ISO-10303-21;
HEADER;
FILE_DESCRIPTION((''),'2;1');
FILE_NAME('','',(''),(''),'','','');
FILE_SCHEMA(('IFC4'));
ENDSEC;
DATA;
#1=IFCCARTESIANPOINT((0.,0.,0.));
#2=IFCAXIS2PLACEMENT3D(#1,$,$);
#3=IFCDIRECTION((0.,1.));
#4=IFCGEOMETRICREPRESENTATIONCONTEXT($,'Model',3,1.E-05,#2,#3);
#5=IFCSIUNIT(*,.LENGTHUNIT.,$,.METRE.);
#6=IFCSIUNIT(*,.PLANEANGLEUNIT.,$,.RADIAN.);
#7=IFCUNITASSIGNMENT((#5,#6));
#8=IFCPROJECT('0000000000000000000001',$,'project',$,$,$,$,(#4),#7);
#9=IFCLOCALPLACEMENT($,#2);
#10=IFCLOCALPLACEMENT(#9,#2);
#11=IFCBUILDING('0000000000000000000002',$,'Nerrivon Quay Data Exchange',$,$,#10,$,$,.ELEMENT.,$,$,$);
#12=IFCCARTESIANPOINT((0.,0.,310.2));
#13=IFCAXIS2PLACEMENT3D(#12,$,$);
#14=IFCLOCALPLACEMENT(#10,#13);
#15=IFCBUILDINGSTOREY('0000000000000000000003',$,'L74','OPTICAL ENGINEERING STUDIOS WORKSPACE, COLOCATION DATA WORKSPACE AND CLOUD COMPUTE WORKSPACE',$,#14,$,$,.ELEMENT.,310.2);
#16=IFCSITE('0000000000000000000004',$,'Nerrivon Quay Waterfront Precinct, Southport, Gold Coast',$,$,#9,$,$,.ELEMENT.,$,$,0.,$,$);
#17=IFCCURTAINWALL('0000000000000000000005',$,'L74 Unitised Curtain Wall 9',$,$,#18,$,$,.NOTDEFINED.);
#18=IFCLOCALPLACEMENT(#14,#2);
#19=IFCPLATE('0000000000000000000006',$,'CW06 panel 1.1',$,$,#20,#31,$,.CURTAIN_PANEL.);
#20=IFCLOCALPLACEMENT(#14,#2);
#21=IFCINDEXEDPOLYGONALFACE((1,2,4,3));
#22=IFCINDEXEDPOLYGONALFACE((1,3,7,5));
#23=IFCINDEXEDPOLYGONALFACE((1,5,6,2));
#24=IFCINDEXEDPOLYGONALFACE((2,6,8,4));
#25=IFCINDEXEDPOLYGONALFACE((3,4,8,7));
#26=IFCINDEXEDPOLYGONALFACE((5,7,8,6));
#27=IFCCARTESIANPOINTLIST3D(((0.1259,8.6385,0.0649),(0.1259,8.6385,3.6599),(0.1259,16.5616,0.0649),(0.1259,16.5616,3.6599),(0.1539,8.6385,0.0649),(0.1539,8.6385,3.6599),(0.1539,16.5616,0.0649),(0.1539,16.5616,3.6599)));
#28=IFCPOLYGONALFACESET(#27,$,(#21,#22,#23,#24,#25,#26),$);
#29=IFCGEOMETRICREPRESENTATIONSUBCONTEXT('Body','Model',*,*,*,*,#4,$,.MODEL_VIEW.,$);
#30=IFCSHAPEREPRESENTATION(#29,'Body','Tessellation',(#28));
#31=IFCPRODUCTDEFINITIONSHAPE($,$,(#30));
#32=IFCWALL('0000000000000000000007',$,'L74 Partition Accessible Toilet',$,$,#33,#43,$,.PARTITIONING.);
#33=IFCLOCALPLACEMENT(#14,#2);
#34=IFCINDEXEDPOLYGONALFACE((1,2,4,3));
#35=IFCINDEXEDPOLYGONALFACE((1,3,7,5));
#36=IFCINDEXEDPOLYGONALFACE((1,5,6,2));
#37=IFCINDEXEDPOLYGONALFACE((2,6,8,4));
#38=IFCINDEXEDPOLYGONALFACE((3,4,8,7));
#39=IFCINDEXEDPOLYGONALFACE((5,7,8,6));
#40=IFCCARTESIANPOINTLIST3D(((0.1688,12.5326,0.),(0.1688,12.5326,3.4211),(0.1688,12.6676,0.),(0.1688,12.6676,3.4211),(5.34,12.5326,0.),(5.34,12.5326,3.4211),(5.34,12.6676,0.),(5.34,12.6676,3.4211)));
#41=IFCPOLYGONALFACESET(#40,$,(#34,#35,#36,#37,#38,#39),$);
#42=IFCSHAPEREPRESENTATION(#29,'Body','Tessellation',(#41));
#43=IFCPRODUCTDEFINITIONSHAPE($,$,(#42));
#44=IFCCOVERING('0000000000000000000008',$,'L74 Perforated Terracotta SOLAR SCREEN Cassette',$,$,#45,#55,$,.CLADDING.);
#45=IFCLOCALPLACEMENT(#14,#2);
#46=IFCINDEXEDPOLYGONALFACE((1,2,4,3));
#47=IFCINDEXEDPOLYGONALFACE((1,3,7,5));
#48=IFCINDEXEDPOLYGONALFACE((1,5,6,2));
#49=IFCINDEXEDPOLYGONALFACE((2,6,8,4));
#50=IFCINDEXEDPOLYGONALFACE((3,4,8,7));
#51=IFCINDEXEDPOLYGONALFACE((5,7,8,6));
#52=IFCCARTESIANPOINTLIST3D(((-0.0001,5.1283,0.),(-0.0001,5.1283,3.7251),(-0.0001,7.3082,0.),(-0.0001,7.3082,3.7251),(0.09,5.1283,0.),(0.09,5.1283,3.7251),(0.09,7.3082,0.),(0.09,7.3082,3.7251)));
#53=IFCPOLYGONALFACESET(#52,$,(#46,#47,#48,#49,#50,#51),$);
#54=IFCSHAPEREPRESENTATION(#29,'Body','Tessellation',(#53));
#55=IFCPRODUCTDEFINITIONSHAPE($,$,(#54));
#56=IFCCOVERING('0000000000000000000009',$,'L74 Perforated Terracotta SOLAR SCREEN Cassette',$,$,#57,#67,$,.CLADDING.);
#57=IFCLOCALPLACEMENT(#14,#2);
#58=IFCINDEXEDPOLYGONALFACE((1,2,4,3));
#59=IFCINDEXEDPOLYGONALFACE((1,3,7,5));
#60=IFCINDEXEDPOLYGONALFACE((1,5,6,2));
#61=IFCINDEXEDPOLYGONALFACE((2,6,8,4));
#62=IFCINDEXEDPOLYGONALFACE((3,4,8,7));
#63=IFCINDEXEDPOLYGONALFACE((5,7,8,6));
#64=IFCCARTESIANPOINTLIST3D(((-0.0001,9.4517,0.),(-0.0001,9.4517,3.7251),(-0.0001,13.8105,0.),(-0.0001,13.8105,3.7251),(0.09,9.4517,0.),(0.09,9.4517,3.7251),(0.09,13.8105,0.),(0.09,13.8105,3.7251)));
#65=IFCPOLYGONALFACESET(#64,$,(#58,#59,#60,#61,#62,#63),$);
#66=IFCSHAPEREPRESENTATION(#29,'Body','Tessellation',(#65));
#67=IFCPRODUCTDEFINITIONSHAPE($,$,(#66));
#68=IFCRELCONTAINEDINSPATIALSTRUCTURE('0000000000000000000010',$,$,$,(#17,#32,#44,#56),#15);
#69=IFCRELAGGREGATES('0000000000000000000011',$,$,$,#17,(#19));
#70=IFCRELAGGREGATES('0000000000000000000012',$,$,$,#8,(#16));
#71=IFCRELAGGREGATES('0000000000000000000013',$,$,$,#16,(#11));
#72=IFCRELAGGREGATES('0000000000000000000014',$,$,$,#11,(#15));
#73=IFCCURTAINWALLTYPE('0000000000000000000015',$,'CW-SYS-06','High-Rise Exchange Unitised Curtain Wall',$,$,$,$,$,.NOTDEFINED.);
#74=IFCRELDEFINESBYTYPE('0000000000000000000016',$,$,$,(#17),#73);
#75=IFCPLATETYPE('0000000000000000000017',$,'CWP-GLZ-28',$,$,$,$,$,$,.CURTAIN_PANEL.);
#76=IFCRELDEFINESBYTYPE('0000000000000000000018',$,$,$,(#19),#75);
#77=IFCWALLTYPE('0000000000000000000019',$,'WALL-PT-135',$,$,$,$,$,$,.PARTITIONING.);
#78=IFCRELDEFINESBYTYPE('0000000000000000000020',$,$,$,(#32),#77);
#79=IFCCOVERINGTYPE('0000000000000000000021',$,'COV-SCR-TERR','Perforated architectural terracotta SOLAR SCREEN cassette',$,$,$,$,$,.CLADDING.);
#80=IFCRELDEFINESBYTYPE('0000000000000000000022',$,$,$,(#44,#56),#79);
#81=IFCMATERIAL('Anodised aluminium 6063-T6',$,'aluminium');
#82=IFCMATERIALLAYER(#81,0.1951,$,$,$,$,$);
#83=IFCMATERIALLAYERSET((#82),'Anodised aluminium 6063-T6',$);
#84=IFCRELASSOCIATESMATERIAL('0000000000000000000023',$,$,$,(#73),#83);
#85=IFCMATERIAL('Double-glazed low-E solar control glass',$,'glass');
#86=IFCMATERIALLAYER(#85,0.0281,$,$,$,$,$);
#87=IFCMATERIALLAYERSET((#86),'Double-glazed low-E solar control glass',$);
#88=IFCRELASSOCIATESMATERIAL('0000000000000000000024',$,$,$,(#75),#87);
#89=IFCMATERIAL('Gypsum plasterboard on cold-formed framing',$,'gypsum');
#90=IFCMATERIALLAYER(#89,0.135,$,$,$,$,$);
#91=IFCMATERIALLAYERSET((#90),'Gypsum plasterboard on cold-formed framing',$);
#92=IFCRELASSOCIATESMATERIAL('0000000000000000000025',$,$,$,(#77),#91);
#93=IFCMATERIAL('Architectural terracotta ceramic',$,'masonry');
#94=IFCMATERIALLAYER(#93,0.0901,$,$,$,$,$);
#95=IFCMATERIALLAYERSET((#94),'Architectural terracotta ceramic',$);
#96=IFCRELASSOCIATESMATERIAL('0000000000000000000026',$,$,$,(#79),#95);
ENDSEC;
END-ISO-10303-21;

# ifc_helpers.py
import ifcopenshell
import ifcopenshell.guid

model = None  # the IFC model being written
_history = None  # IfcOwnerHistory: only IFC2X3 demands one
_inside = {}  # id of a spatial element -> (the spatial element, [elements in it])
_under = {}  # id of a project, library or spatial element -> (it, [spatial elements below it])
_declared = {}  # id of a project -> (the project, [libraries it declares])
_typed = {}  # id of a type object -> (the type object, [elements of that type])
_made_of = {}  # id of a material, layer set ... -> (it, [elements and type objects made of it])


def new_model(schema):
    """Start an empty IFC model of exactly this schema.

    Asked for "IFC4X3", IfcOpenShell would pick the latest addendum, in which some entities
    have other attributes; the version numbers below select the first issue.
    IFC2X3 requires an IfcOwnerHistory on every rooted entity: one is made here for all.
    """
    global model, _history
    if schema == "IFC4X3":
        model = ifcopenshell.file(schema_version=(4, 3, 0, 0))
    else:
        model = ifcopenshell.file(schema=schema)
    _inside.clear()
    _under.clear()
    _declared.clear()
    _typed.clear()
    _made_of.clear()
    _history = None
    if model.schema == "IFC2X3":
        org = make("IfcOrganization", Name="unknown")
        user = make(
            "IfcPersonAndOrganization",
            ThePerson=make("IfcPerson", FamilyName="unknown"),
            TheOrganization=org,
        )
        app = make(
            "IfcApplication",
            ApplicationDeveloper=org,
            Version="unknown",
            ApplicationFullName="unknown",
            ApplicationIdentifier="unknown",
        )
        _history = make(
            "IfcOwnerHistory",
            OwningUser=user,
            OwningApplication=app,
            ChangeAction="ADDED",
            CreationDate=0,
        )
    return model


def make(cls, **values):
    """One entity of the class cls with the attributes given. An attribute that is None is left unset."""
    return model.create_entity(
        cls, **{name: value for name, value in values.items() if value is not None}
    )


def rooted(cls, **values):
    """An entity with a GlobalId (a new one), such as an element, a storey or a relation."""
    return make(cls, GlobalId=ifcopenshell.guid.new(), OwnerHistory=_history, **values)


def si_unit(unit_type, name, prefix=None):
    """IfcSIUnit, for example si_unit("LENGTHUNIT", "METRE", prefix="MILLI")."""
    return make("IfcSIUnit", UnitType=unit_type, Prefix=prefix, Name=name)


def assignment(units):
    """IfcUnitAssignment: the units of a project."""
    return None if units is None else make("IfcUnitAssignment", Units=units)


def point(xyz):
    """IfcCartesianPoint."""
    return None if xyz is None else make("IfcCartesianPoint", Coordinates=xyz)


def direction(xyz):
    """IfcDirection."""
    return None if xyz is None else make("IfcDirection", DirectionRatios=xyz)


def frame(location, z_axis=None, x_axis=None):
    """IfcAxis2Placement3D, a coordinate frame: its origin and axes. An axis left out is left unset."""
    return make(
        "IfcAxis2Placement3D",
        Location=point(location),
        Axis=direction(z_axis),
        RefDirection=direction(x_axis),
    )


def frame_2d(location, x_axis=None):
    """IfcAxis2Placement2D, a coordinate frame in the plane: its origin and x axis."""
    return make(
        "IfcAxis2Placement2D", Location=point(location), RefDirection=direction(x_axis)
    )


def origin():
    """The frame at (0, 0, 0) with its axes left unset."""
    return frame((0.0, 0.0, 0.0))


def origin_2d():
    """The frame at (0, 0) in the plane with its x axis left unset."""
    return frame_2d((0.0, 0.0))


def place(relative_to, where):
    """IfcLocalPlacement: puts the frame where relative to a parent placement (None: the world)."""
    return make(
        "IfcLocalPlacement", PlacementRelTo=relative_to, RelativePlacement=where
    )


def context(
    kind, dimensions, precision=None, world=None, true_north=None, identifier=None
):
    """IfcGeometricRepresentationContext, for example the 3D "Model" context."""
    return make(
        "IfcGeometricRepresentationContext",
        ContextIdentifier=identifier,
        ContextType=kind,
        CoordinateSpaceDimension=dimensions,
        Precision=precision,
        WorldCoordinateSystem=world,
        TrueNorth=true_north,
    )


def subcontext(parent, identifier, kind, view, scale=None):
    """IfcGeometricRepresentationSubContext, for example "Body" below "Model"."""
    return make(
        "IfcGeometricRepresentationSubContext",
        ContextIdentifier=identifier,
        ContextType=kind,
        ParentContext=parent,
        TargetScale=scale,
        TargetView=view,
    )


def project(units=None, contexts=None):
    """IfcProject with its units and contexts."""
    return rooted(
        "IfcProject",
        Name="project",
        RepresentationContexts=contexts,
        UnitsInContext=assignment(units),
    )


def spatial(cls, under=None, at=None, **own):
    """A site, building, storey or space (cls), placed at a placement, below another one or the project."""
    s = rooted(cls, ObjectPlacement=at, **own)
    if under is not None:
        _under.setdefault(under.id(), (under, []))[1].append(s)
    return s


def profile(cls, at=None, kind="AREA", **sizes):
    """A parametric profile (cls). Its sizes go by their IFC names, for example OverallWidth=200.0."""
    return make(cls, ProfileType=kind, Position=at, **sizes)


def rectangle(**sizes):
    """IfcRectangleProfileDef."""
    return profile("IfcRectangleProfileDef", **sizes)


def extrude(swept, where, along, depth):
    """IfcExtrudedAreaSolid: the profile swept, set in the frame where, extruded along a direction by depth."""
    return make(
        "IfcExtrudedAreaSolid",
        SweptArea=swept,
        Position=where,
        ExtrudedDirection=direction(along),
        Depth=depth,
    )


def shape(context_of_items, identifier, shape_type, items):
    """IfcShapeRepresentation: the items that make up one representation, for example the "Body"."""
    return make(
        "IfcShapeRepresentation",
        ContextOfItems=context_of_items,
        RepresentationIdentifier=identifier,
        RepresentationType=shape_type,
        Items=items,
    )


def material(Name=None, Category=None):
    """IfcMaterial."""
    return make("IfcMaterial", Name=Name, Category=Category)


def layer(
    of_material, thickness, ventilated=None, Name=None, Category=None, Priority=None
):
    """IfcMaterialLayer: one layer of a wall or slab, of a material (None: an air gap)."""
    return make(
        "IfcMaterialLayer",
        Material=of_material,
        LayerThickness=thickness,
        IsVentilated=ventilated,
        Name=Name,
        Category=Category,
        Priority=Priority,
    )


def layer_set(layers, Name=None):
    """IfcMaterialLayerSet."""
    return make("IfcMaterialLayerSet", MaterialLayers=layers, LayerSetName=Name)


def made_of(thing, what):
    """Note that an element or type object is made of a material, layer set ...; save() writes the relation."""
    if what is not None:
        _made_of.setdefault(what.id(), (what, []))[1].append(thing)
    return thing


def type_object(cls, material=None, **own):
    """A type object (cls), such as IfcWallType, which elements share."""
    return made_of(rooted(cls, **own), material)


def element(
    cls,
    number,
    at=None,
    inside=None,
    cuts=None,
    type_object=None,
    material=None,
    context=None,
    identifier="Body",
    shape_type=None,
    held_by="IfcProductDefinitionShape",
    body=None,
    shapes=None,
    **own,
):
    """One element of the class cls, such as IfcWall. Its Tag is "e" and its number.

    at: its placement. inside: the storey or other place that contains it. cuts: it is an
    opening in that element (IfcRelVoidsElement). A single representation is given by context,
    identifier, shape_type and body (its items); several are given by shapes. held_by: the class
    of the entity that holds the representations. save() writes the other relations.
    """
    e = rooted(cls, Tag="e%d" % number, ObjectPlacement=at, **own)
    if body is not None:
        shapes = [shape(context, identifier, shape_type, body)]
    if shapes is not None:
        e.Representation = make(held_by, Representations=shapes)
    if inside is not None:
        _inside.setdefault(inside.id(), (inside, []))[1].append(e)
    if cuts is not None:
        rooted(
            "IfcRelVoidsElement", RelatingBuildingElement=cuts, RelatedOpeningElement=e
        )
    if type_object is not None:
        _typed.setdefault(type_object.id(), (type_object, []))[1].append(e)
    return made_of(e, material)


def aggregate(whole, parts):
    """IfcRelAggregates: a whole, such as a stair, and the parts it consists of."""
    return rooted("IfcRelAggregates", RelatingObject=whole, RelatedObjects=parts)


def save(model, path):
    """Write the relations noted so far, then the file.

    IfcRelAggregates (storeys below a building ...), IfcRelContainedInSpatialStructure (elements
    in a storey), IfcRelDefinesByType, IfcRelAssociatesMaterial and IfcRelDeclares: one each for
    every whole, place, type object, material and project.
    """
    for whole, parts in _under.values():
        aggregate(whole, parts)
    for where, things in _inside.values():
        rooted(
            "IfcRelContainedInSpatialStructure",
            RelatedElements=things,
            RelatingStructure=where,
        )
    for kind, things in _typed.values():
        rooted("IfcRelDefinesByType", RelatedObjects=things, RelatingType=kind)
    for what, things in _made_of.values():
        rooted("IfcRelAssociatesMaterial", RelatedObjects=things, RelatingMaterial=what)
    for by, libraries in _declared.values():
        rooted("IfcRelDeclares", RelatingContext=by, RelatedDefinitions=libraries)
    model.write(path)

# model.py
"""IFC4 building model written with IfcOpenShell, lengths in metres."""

from ifc_helpers import new_model, si_unit, direction, frame, frame_2d, origin, origin_2d, place, context, subcontext, project, spatial, rectangle, extrude, material, layer, layer_set, type_object, element, aggregate, save


model = new_model("IFC4")

# Units and contexts
model_context = context("Model", 3, precision=1e-05, world=origin(), true_north=direction((0.0, 1.0)))
body_context = subcontext(model_context, "Body", "Model", "MODEL_VIEW")
ifc_project = project(units=[si_unit("LENGTHUNIT", "METRE"), si_unit("PLANEANGLEUNIT", "RADIAN")], contexts=[model_context])

# Site, building, storey
site_placement = place(None, origin())
site = spatial("IfcSite", under=ifc_project, at=site_placement, Name="Nerrivon Quay Waterfront Precinct, Southport, Gold Coast", CompositionType="ELEMENT", RefElevation=0.0)
building_placement = place(site_placement, origin())
building = spatial("IfcBuilding", under=site, at=building_placement, Name="Nerrivon Quay Data Exchange", CompositionType="ELEMENT")
storey_placement = place(building_placement, frame((0.0, 0.0, 310.2)))
storey = spatial("IfcBuildingStorey", under=building, at=storey_placement, Name="L74", Description="OPTICAL ENGINEERING STUDIOS WORKSPACE, COLOCATION DATA WORKSPACE AND CLOUD COMPUTE WORKSPACE", CompositionType="ELEMENT", Elevation=310.2)

# Shared definitions
ifc_material_1 = material(Name="Anodised aluminium 6063-T6", Category="aluminium")
ifc_layer_1 = layer(ifc_material_1, 0.1951)
ifc_layer_set_1 = layer_set([ifc_layer_1], Name="Anodised aluminium 6063-T6")
curtain_wall_type = type_object("IfcCurtainWallType", Name="CW-SYS-06", Description="High-Rise Exchange Unitised Curtain Wall", PredefinedType="NOTDEFINED", material=ifc_layer_set_1)

# Curtain wall
curtain_wall_1_placement = place(storey_placement, origin())
curtain_wall_1 = element("IfcCurtainWall", 1, at=curtain_wall_1_placement, inside=storey, type_object=curtain_wall_type, Name="L74 Unitised Curtain Wall 9", PredefinedType="NOTDEFINED")

# Plate
ifc_material_2 = material(Name="Double-glazed low-E solar control glass", Category="glass")
ifc_layer_2 = layer(ifc_material_2, 0.0281)
ifc_layer_set_2 = layer_set([ifc_layer_2], Name="Double-glazed low-E solar control glass")
plate_type = type_object("IfcPlateType", Name="CWP-GLZ-28", PredefinedType="CURTAIN_PANEL", material=ifc_layer_set_2)
plate_1_placement = place(storey_placement, frame((0.1399, 12.6001, 0.0649), z_axis=(0.0, 0.0, 1.0), x_axis=(0.0, 1.0, 0.0)))
plate_1 = element("IfcPlate", 2, at=plate_1_placement, type_object=plate_type, Name="CW06 panel 1.1", PredefinedType="CURTAIN_PANEL", context=body_context, shape_type="SweptSolid", body=[
    extrude(rectangle(XDim=7.9231, YDim=0.0281, at=origin_2d()), origin(), (0.0, 0.0, 1.0), 3.595),
])
aggregate(curtain_wall_1, [plate_1])

# Wall
ifc_material_3 = material(Name="Gypsum plasterboard on cold-formed framing", Category="gypsum")
ifc_layer_3 = layer(ifc_material_3, 0.135)
ifc_layer_set_3 = layer_set([ifc_layer_3], Name="Gypsum plasterboard on cold-formed framing")
wall_type = type_object("IfcWallType", Name="WALL-PT-135", PredefinedType="PARTITIONING", material=ifc_layer_set_3)
wall_placement = place(storey_placement, frame((0.1689, 12.6001, 0.0), z_axis=(0.0, 0.0, 1.0), x_axis=(1.0, 0.0, 0.0)))
element("IfcWall", 3, at=wall_placement, inside=storey, type_object=wall_type, Name="L74 Partition Accessible Toilet", PredefinedType="PARTITIONING", context=body_context, shape_type="SweptSolid", body=[
    extrude(rectangle(XDim=5.1711, YDim=0.135, at=frame_2d((2.5854, 0.0))), origin(), (0.0, 0.0, 1.0), 3.4211),
])

# Coverings
ifc_material_4 = material(Name="Architectural terracotta ceramic", Category="masonry")
ifc_layer_4 = layer(ifc_material_4, 0.0901)
ifc_layer_set_4 = layer_set([ifc_layer_4], Name="Architectural terracotta ceramic")
covering_type = type_object("IfcCoveringType", Name="COV-SCR-TERR", Description="Perforated architectural terracotta SOLAR SCREEN cassette", PredefinedType="CLADDING", material=ifc_layer_set_4)
covering_1_placement = place(storey_placement, frame((0.0449, 6.2183, 0.0), z_axis=(0.0, 0.0, 1.0), x_axis=(0.0, 1.0, 0.0)))
element("IfcCovering", 4, at=covering_1_placement, inside=storey, type_object=covering_type, Name="L74 Perforated Terracotta SOLAR SCREEN Cassette", PredefinedType="CLADDING", context=body_context, shape_type="SweptSolid", body=[
    extrude(rectangle(XDim=2.1799, YDim=0.0901, at=origin_2d()), origin(), (0.0, 0.0, 1.0), 3.7251),
])
covering_2_placement = place(storey_placement, frame((0.0449, 11.6311, 0.0), z_axis=(0.0, 0.0, 1.0), x_axis=(0.0, 1.0, 0.0)))
element("IfcCovering", 5, at=covering_2_placement, inside=storey, type_object=covering_type, Name="L74 Perforated Terracotta SOLAR SCREEN Cassette", PredefinedType="CLADDING", context=body_context, shape_type="SweptSolid", body=[
    extrude(rectangle(XDim=4.3589, YDim=0.0901, at=origin_2d()), origin(), (0.0, 0.0, 1.0), 3.7251),
])

save(model, "model.ifc")
